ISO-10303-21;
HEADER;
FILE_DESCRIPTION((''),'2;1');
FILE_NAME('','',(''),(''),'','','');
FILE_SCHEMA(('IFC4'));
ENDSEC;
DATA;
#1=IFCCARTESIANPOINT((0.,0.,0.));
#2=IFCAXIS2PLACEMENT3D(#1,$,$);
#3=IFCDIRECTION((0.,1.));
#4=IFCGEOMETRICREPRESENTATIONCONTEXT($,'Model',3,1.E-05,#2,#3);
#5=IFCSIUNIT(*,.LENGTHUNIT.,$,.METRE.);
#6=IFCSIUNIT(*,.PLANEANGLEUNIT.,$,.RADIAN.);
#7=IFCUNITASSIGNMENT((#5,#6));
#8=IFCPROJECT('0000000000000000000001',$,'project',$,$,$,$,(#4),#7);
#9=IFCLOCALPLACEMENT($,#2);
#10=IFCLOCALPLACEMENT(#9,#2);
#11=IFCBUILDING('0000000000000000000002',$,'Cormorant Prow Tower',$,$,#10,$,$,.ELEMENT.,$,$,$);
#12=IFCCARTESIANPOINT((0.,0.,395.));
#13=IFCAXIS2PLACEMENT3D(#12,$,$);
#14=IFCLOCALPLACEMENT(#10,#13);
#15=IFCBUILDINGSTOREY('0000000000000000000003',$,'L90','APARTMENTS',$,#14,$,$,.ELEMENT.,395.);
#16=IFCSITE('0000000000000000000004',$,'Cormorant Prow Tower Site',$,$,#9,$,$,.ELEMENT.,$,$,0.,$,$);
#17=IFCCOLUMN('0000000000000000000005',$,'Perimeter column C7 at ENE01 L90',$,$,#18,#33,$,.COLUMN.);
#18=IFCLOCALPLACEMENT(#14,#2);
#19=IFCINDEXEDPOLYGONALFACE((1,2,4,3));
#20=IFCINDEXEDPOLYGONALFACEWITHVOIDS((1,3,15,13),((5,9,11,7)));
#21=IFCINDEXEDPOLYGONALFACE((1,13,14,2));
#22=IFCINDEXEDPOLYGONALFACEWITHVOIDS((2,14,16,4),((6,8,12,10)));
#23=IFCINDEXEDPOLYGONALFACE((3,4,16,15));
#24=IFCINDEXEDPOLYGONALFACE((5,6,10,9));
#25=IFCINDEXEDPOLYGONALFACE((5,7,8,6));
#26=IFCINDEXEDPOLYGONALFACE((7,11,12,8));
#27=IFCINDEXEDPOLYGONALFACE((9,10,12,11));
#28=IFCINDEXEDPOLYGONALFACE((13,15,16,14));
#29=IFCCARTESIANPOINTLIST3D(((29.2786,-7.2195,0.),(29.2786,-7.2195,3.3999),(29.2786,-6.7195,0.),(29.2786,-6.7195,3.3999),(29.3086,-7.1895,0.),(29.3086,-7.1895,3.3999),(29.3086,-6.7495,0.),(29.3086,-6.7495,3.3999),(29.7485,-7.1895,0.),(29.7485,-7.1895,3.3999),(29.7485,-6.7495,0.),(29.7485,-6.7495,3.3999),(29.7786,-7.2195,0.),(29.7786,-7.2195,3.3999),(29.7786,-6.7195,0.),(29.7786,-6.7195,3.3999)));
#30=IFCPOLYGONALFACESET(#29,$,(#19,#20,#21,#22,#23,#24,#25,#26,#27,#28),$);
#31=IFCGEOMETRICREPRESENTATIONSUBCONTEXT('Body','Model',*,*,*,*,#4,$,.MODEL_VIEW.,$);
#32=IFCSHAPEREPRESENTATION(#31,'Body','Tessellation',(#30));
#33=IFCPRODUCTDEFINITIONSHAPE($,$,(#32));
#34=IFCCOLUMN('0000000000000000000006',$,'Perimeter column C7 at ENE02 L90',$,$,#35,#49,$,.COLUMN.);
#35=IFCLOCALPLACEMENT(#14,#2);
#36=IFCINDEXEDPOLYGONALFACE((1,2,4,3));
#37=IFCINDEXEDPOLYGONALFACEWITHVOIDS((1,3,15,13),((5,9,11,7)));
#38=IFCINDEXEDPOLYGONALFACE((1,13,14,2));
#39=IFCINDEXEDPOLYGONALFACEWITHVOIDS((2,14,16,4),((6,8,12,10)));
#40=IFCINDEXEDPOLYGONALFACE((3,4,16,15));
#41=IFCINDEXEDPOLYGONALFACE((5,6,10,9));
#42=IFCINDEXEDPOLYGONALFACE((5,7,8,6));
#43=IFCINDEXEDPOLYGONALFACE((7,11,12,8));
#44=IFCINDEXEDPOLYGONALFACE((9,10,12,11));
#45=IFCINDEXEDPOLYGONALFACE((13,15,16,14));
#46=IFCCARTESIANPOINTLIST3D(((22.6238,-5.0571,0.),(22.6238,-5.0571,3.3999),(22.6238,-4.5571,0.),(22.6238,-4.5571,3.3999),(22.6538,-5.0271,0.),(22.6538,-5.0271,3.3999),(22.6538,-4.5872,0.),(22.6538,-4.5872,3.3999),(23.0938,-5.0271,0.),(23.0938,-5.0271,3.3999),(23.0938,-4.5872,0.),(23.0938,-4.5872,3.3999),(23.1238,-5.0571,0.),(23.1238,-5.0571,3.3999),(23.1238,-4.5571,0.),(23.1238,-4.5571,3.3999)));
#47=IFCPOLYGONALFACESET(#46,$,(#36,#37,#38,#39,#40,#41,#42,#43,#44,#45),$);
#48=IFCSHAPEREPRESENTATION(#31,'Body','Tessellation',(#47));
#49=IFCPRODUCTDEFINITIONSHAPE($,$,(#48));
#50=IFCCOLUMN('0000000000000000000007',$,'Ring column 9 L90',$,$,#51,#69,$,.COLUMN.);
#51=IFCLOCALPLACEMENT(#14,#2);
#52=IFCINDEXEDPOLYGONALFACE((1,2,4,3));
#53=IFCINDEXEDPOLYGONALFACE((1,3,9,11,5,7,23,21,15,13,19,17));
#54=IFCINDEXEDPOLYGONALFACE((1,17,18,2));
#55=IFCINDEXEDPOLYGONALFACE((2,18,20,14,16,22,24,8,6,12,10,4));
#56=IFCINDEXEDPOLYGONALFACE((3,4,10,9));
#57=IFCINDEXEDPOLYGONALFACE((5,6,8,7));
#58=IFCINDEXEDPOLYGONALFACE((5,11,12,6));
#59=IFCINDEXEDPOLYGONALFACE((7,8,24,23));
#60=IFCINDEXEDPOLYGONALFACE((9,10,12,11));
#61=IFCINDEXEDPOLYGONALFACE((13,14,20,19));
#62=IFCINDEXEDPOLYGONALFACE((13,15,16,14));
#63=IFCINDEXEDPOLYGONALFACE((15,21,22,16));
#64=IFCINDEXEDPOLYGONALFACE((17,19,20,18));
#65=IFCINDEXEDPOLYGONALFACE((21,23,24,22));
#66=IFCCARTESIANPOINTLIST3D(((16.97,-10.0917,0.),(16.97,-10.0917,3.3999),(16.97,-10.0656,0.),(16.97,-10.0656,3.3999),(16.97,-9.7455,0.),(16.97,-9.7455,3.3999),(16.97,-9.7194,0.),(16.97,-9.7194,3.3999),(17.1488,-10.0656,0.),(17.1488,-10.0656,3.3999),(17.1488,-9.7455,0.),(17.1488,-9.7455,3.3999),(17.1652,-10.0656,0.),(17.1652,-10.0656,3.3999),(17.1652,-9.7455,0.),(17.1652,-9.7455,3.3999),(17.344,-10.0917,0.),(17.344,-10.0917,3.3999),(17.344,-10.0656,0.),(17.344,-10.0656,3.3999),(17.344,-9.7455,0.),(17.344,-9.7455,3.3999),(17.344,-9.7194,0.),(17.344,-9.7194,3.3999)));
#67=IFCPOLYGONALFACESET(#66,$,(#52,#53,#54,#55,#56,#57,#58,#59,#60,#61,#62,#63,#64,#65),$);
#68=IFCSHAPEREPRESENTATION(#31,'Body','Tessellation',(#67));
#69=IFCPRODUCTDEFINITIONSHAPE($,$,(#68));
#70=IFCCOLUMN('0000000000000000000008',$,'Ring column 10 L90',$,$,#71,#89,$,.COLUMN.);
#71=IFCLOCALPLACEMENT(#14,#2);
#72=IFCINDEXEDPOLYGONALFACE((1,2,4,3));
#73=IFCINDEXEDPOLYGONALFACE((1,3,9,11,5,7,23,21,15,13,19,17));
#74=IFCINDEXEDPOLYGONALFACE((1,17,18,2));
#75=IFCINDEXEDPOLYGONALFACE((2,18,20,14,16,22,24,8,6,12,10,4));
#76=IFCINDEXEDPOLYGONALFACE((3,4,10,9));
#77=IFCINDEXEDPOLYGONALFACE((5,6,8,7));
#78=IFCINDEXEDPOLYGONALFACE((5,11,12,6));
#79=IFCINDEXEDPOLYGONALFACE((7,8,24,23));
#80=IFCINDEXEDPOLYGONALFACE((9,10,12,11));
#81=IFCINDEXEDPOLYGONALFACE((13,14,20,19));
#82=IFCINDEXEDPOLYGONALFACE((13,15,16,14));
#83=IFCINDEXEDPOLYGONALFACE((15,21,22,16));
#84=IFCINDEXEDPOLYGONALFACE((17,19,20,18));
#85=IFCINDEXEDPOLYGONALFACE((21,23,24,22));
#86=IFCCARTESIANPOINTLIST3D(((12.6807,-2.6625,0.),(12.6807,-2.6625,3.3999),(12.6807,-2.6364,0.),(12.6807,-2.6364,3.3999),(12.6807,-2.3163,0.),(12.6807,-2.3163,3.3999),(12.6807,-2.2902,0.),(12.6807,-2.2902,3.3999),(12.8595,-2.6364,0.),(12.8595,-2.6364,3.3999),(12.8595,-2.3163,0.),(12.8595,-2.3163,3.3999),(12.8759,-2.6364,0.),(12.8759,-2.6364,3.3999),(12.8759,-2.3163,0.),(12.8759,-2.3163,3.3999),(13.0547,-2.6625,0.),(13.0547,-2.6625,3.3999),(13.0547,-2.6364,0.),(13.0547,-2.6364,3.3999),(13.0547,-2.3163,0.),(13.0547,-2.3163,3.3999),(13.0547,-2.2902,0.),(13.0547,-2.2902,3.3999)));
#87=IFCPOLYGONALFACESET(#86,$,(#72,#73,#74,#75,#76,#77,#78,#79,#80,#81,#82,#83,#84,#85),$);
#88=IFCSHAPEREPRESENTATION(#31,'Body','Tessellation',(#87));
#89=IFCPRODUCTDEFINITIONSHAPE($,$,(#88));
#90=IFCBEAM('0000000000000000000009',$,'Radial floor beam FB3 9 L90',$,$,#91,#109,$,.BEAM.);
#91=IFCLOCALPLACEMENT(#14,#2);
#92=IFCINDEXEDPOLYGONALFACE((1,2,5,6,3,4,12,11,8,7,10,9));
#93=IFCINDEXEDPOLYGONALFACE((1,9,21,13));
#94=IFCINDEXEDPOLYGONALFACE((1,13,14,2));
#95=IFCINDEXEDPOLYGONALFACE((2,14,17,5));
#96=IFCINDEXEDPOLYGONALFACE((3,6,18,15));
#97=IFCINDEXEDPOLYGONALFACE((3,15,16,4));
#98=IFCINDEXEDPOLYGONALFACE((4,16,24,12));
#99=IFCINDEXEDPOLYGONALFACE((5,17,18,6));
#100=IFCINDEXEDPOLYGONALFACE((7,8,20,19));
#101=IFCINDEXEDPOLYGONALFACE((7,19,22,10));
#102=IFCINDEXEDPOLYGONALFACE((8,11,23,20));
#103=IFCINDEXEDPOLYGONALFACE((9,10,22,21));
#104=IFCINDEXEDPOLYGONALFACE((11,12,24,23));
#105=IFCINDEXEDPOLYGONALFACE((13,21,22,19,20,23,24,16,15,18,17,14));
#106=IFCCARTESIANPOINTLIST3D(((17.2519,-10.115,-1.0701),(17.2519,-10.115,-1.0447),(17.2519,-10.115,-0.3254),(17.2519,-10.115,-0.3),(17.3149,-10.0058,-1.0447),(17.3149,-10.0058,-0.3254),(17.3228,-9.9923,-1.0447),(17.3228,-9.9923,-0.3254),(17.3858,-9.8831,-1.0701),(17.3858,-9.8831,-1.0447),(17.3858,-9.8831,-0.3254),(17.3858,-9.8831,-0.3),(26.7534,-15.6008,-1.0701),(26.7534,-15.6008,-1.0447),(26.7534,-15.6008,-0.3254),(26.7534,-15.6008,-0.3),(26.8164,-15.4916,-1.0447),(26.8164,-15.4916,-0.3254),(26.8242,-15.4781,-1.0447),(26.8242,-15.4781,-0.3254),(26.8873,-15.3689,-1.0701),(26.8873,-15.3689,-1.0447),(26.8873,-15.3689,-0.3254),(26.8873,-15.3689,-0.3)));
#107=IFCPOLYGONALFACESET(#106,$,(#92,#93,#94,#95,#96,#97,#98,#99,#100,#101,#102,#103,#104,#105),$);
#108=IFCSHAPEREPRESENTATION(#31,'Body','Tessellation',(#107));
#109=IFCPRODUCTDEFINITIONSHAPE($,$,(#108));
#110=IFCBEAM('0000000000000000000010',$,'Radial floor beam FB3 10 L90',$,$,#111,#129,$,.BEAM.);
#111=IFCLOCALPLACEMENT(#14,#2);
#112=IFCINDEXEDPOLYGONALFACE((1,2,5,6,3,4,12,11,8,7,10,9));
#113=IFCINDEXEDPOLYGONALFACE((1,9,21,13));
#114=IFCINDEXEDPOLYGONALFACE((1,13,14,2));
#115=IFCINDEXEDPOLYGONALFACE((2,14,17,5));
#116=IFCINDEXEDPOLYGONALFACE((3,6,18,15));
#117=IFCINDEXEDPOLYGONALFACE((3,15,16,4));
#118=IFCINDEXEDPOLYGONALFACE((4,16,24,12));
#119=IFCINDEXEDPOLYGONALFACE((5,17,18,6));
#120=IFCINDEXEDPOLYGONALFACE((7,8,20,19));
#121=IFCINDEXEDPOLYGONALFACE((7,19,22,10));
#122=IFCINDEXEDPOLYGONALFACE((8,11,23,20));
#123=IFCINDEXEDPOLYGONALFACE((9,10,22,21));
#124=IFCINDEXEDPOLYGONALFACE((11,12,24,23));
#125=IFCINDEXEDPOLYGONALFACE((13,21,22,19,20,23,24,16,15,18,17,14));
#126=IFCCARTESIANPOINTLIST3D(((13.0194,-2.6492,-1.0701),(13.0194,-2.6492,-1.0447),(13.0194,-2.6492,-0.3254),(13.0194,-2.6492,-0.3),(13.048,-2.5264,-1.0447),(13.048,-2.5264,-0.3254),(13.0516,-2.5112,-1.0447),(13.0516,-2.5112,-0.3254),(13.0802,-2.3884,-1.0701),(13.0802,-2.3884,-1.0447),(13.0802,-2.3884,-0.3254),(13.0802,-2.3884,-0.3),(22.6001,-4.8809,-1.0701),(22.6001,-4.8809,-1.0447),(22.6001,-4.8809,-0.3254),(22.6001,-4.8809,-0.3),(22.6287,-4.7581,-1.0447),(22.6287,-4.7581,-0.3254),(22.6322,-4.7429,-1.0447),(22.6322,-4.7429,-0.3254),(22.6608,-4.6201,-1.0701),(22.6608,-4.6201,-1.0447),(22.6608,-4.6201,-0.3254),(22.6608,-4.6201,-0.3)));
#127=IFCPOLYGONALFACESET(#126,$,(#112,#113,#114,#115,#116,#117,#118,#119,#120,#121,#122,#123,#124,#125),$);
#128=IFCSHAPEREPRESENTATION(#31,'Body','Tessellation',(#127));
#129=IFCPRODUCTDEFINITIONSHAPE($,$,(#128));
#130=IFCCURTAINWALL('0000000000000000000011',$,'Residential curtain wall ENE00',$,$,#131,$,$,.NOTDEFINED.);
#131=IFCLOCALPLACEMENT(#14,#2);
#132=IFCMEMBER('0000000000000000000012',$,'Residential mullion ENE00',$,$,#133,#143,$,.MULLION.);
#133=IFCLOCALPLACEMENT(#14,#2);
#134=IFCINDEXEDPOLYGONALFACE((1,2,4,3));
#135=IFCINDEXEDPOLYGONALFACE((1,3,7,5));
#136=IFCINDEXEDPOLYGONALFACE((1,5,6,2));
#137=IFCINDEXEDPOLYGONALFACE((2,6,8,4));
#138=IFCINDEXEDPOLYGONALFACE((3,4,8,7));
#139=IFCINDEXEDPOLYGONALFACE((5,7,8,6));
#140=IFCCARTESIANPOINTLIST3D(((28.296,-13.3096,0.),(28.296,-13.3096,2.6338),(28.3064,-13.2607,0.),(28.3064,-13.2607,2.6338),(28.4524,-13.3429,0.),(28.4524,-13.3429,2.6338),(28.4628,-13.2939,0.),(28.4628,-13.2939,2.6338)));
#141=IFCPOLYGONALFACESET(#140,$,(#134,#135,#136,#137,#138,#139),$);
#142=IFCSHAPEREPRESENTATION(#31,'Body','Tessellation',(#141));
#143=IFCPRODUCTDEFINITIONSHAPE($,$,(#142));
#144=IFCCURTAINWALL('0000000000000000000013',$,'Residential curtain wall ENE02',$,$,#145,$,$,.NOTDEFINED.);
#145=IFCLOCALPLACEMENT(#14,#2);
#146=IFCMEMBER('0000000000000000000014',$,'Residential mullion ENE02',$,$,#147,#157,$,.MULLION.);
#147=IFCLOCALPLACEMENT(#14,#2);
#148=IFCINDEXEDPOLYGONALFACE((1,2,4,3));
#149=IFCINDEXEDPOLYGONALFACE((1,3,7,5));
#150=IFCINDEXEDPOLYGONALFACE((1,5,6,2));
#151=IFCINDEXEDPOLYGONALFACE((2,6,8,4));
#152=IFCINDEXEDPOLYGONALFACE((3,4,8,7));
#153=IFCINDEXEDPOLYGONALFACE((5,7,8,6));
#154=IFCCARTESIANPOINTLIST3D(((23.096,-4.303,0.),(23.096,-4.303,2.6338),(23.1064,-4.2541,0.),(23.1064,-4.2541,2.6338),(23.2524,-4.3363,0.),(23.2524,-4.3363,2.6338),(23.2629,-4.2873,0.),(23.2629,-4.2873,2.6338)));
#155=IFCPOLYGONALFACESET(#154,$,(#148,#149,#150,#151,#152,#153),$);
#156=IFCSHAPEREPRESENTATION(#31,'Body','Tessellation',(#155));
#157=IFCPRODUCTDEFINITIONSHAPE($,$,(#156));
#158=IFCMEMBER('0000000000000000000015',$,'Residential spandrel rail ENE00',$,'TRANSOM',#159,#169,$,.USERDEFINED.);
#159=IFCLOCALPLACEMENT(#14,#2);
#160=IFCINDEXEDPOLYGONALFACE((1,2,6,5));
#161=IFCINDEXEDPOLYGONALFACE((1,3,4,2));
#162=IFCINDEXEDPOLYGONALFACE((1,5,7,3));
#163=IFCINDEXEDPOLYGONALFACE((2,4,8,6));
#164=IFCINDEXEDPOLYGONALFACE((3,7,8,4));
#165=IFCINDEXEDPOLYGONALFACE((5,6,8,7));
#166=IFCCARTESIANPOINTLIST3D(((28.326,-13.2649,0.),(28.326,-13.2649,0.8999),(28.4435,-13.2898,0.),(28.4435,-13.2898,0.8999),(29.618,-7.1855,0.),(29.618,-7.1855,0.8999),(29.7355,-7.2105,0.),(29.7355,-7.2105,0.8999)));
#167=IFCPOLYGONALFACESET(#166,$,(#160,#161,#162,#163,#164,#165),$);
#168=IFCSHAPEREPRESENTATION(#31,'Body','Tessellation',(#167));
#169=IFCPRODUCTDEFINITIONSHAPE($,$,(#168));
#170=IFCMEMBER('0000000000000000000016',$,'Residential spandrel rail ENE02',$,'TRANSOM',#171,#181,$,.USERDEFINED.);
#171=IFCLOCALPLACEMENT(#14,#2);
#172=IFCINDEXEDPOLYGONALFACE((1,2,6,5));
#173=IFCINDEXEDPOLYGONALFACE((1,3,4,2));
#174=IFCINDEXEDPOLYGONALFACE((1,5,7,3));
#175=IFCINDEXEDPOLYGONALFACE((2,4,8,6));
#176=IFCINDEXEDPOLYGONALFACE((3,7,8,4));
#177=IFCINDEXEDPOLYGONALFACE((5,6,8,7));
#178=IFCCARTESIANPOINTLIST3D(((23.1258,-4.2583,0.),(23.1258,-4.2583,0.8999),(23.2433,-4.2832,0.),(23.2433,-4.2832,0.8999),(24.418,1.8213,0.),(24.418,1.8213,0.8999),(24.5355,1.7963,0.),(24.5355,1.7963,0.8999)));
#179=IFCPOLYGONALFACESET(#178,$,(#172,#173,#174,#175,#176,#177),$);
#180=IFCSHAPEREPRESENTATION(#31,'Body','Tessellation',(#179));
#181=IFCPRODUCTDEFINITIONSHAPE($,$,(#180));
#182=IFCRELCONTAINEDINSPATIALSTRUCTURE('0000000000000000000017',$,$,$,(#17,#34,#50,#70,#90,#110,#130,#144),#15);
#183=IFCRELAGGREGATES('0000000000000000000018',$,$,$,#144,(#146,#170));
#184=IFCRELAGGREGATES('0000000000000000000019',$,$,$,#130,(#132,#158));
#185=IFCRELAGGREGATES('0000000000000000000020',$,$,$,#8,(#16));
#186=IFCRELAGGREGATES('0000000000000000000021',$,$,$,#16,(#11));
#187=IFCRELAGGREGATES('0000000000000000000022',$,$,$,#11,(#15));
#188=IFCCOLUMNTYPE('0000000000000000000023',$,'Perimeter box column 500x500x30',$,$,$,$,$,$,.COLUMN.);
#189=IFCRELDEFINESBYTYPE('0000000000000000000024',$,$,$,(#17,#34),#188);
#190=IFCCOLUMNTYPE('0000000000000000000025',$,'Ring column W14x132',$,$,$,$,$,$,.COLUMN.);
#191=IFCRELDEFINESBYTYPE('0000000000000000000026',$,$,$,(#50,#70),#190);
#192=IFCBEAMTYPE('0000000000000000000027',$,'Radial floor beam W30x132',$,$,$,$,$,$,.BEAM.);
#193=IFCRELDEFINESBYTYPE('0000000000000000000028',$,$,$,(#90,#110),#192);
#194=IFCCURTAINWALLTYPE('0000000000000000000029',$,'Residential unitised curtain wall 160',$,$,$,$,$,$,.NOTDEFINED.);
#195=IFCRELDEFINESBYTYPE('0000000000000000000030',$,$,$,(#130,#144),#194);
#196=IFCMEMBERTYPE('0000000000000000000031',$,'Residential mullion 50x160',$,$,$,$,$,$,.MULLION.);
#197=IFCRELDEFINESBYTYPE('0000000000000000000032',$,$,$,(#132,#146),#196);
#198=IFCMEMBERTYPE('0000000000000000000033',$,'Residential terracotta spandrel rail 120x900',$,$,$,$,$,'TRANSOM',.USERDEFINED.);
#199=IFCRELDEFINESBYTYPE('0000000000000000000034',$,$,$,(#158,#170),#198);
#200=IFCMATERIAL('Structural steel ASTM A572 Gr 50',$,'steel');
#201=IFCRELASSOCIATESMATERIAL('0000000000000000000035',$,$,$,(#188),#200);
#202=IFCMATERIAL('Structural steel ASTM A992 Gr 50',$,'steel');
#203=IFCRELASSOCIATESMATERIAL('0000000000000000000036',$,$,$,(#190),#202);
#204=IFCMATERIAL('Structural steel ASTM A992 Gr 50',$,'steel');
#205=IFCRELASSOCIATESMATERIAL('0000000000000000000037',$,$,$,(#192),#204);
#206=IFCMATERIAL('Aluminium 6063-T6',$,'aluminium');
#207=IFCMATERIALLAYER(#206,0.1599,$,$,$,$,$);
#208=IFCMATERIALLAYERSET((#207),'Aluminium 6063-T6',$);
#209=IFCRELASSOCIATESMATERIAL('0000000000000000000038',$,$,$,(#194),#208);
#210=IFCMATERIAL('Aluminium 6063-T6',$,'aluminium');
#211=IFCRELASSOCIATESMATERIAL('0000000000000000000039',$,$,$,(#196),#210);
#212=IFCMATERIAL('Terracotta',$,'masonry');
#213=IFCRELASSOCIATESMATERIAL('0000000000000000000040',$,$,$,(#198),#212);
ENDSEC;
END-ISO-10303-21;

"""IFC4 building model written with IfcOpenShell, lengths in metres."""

from ifc_helpers import new_model, si_unit, direction, frame, origin, origin_2d, place, context, subcontext, project, spatial, rectangle, hollow_rectangle, i_section, extrude, material, layer, layer_set, material_profile, profile_set, type_object, element, aggregate, save


model = new_model("IFC4")

# Units and contexts
model_context = context("Model", 3, precision=1e-05, world=origin(), true_north=direction((0.0, 1.0)))
body_context = subcontext(model_context, "Body", "Model", "MODEL_VIEW")
ifc_project = project(units=[si_unit("LENGTHUNIT", "METRE"), si_unit("PLANEANGLEUNIT", "RADIAN")], contexts=[model_context])

# Site, building, storey
site_placement = place(None, origin())
site = spatial("IfcSite", under=ifc_project, at=site_placement, Name="Cormorant Prow Tower Site", CompositionType="ELEMENT", RefElevation=0.0)
building_placement = place(site_placement, origin())
building = spatial("IfcBuilding", under=site, at=building_placement, Name="Cormorant Prow Tower", CompositionType="ELEMENT")
storey_placement = place(building_placement, frame((0.0, 0.0, 395.0)))
storey = spatial("IfcBuildingStorey", under=building, at=storey_placement, Name="L90", Description="APARTMENTS", CompositionType="ELEMENT", Elevation=395.0)

# Columns
ifc_material_1 = material(Name="Structural steel ASTM A572 Gr 50", Category="steel")
ifc_material_profile_1 = material_profile(ifc_material_1, hollow_rectangle(XDim=0.5, YDim=0.5, WallThickness=0.03, at=origin_2d()), Name="Box 500x500x30")
ifc_profile_set_1 = profile_set([ifc_material_profile_1], Name="Structural steel ASTM A572 Gr 50")
column_type_1 = type_object("IfcColumnType", Name="Perimeter box column 500x500x30", PredefinedType="COLUMN", material=ifc_profile_set_1)
for number, where, z_axis, x_axis, name in (
    (1, (29.5286, -6.9695, 0.0), (0.0, 0.0, 1.0), (1.0, 0.0, 0.0), "Perimeter column C7 at ENE01 L90"),
    (2, (22.8738, -4.8071, 0.0), (0.0, 0.0, 1.0), (1.0, 0.0, 0.0), "Perimeter column C7 at ENE02 L90"),
):
    element("IfcColumn", number, at=place(storey_placement, frame(where, z_axis=z_axis, x_axis=x_axis)), inside=storey, type_object=column_type_1, Name=name, PredefinedType="COLUMN", context=body_context, shape_type="SweptSolid", body=[
        extrude(hollow_rectangle(XDim=0.5, YDim=0.5, WallThickness=0.03, at=origin_2d()), origin(), (0.0, 0.0, 1.0), 3.3999),
    ])
ifc_material_2 = material(Name="Structural steel ASTM A992 Gr 50", Category="steel")
ifc_material_profile_2 = material_profile(ifc_material_2, i_section(OverallWidth=0.374, OverallDepth=0.3723, WebThickness=0.0164, FlangeThickness=0.0261, at=origin_2d()), Name="W14x132")
ifc_profile_set_2 = profile_set([ifc_material_profile_2], Name="Structural steel ASTM A992 Gr 50")
column_type_2 = type_object("IfcColumnType", Name="Ring column W14x132", PredefinedType="COLUMN", material=ifc_profile_set_2)
for number, where, z_axis, x_axis, name in (
    (3, (17.157, -9.9055, 0.0), (0.0, 0.0, 1.0), (1.0, 0.0, 0.0), "Ring column 9 L90"),
    (4, (12.8677, -2.4763, 0.0), (0.0, 0.0, 1.0), (1.0, 0.0, 0.0), "Ring column 10 L90"),
):
    element("IfcColumn", number, at=place(storey_placement, frame(where, z_axis=z_axis, x_axis=x_axis)), inside=storey, type_object=column_type_2, Name=name, PredefinedType="COLUMN", context=body_context, shape_type="SweptSolid", body=[
        extrude(i_section(OverallWidth=0.374, OverallDepth=0.3723, WebThickness=0.0164, FlangeThickness=0.0261, at=origin_2d()), origin(), (0.0, 0.0, 1.0), 3.3999),
    ])

# Beams
ifc_material_3 = material(Name="Structural steel ASTM A992 Gr 50", Category="steel")
ifc_material_profile_3 = material_profile(ifc_material_3, i_section(OverallWidth=0.2678, OverallDepth=0.77, WebThickness=0.0156, FlangeThickness=0.0254, at=origin_2d()), Name="W30x132")
ifc_profile_set_3 = profile_set([ifc_material_profile_3], Name="Structural steel ASTM A992 Gr 50")
beam_type_1 = type_object("IfcBeamType", Name="Radial floor beam W30x132", PredefinedType="BEAM", material=ifc_profile_set_3)
beam_1_placement = place(storey_placement, frame((17.3188, -9.999, -0.6851), z_axis=(0.866019, -0.500011, 0.0), x_axis=(0.500011, 0.866019, 0.0)))
element("IfcBeam", 5, at=beam_1_placement, inside=storey, type_object=beam_type_1, Name="Radial floor beam FB3 9 L90", PredefinedType="BEAM", context=body_context, shape_type="SweptSolid", body=[
    extrude(i_section(OverallWidth=0.2678, OverallDepth=0.77, WebThickness=0.0156, FlangeThickness=0.0254, at=origin_2d()), origin(), (0.0, 0.0, 1.0), 10.9714),
])
beam_2_placement = place(storey_placement, frame((13.0498, -2.5188, -0.6851), z_axis=(0.973926, -0.226866, 0.0), x_axis=(0.226866, 0.973926, 0.0)))
element("IfcBeam", 6, at=beam_2_placement, inside=storey, type_object=beam_type_1, Name="Radial floor beam FB3 10 L90", PredefinedType="BEAM", context=body_context, shape_type="SweptSolid", body=[
    extrude(i_section(OverallWidth=0.2678, OverallDepth=0.77, WebThickness=0.0156, FlangeThickness=0.0254, at=origin_2d()), origin(), (0.0, 0.0, 1.0), 9.8372),
])

# Curtain walls, members
ifc_material_4 = material(Name="Aluminium 6063-T6", Category="aluminium")
ifc_layer_1 = layer(ifc_material_4, 0.1599)
ifc_layer_set_1 = layer_set([ifc_layer_1], Name="Aluminium 6063-T6")
curtain_wall_type = type_object("IfcCurtainWallType", Name="Residential unitised curtain wall 160", PredefinedType="NOTDEFINED", material=ifc_layer_set_1)
curtain_wall_1_placement = place(storey_placement, origin())
curtain_wall_1 = element("IfcCurtainWall", 7, at=curtain_wall_1_placement, inside=storey, type_object=curtain_wall_type, Name="Residential curtain wall ENE00", PredefinedType="NOTDEFINED")
ifc_material_5 = material(Name="Aluminium 6063-T6", Category="aluminium")
ifc_material_profile_4 = material_profile(ifc_material_5, rectangle(XDim=0.1599, YDim=0.05, at=origin_2d()), Name="Residential mullion 50x160")
ifc_profile_set_4 = profile_set([ifc_material_profile_4], Name="Aluminium 6063-T6")
member_type_1 = type_object("IfcMemberType", Name="Residential mullion 50x160", PredefinedType="MULLION", material=ifc_profile_set_4)
member_1_placement = place(storey_placement, frame((28.3794, -13.3018, 0.0), z_axis=(0.0, 0.0, 1.0), x_axis=(-0.978148, 0.207912, 0.0)))
member_1 = element("IfcMember", 8, at=member_1_placement, type_object=member_type_1, Name="Residential mullion ENE00", PredefinedType="MULLION", context=body_context, shape_type="SweptSolid", body=[
    extrude(rectangle(XDim=0.1599, YDim=0.05, at=origin_2d()), origin(), (0.0, 0.0, 1.0), 2.6338),
])
curtain_wall_2_placement = place(storey_placement, origin())
curtain_wall_2 = element("IfcCurtainWall", 9, at=curtain_wall_2_placement, inside=storey, type_object=curtain_wall_type, Name="Residential curtain wall ENE02", PredefinedType="NOTDEFINED")
member_2_placement = place(storey_placement, frame((23.1794, -4.2952, 0.0), z_axis=(0.0, 0.0, 1.0), x_axis=(-0.978148, 0.207912, 0.0)))
member_2 = element("IfcMember", 10, at=member_2_placement, type_object=member_type_1, Name="Residential mullion ENE02", PredefinedType="MULLION", context=body_context, shape_type="SweptSolid", body=[
    extrude(rectangle(XDim=0.1599, YDim=0.05, at=origin_2d()), origin(), (0.0, 0.0, 1.0), 2.6338),
])

# Members
ifc_material_6 = material(Name="Terracotta", Category="masonry")
ifc_material_profile_5 = material_profile(ifc_material_6, rectangle(XDim=0.1201, YDim=0.8999, at=origin_2d()), Name="Residential terracotta spandrel rail 120x900")
ifc_profile_set_5 = profile_set([ifc_material_profile_5], Name="Terracotta")
member_type_2 = type_object("IfcMemberType", Name="Residential terracotta spandrel rail 120x900", ElementType="TRANSOM", PredefinedType="USERDEFINED", material=ifc_profile_set_5)
member_3_placement = place(storey_placement, frame((28.3848, -13.2773, 0.45), z_axis=(0.207879, 0.978155, 0.0), x_axis=(-0.978155, 0.207879, 0.0)))
member_3 = element("IfcMember", 11, at=member_3_placement, type_object=member_type_2, Name="Residential spandrel rail ENE00", ObjectType="TRANSOM", PredefinedType="USERDEFINED", context=body_context, shape_type="SweptSolid", body=[
    extrude(rectangle(XDim=0.1201, YDim=0.8999, at=origin_2d()), origin(), (0.0, 0.0, 1.0), 6.2151),
])
member_4_placement = place(storey_placement, frame((23.1846, -4.2708, 0.45), z_axis=(0.207909, 0.978148, 0.0), x_axis=(-0.978148, 0.207909, 0.0)))
member_4 = element("IfcMember", 12, at=member_4_placement, type_object=member_type_2, Name="Residential spandrel rail ENE02", ObjectType="TRANSOM", PredefinedType="USERDEFINED", context=body_context, shape_type="SweptSolid", body=[
    extrude(rectangle(XDim=0.1201, YDim=0.8999, at=origin_2d()), origin(), (0.0, 0.0, 1.0), 6.2153),
])
aggregate(curtain_wall_2, [member_2, member_4])

aggregate(curtain_wall_1, [member_1, member_3])

save(model, "model.ifc")
